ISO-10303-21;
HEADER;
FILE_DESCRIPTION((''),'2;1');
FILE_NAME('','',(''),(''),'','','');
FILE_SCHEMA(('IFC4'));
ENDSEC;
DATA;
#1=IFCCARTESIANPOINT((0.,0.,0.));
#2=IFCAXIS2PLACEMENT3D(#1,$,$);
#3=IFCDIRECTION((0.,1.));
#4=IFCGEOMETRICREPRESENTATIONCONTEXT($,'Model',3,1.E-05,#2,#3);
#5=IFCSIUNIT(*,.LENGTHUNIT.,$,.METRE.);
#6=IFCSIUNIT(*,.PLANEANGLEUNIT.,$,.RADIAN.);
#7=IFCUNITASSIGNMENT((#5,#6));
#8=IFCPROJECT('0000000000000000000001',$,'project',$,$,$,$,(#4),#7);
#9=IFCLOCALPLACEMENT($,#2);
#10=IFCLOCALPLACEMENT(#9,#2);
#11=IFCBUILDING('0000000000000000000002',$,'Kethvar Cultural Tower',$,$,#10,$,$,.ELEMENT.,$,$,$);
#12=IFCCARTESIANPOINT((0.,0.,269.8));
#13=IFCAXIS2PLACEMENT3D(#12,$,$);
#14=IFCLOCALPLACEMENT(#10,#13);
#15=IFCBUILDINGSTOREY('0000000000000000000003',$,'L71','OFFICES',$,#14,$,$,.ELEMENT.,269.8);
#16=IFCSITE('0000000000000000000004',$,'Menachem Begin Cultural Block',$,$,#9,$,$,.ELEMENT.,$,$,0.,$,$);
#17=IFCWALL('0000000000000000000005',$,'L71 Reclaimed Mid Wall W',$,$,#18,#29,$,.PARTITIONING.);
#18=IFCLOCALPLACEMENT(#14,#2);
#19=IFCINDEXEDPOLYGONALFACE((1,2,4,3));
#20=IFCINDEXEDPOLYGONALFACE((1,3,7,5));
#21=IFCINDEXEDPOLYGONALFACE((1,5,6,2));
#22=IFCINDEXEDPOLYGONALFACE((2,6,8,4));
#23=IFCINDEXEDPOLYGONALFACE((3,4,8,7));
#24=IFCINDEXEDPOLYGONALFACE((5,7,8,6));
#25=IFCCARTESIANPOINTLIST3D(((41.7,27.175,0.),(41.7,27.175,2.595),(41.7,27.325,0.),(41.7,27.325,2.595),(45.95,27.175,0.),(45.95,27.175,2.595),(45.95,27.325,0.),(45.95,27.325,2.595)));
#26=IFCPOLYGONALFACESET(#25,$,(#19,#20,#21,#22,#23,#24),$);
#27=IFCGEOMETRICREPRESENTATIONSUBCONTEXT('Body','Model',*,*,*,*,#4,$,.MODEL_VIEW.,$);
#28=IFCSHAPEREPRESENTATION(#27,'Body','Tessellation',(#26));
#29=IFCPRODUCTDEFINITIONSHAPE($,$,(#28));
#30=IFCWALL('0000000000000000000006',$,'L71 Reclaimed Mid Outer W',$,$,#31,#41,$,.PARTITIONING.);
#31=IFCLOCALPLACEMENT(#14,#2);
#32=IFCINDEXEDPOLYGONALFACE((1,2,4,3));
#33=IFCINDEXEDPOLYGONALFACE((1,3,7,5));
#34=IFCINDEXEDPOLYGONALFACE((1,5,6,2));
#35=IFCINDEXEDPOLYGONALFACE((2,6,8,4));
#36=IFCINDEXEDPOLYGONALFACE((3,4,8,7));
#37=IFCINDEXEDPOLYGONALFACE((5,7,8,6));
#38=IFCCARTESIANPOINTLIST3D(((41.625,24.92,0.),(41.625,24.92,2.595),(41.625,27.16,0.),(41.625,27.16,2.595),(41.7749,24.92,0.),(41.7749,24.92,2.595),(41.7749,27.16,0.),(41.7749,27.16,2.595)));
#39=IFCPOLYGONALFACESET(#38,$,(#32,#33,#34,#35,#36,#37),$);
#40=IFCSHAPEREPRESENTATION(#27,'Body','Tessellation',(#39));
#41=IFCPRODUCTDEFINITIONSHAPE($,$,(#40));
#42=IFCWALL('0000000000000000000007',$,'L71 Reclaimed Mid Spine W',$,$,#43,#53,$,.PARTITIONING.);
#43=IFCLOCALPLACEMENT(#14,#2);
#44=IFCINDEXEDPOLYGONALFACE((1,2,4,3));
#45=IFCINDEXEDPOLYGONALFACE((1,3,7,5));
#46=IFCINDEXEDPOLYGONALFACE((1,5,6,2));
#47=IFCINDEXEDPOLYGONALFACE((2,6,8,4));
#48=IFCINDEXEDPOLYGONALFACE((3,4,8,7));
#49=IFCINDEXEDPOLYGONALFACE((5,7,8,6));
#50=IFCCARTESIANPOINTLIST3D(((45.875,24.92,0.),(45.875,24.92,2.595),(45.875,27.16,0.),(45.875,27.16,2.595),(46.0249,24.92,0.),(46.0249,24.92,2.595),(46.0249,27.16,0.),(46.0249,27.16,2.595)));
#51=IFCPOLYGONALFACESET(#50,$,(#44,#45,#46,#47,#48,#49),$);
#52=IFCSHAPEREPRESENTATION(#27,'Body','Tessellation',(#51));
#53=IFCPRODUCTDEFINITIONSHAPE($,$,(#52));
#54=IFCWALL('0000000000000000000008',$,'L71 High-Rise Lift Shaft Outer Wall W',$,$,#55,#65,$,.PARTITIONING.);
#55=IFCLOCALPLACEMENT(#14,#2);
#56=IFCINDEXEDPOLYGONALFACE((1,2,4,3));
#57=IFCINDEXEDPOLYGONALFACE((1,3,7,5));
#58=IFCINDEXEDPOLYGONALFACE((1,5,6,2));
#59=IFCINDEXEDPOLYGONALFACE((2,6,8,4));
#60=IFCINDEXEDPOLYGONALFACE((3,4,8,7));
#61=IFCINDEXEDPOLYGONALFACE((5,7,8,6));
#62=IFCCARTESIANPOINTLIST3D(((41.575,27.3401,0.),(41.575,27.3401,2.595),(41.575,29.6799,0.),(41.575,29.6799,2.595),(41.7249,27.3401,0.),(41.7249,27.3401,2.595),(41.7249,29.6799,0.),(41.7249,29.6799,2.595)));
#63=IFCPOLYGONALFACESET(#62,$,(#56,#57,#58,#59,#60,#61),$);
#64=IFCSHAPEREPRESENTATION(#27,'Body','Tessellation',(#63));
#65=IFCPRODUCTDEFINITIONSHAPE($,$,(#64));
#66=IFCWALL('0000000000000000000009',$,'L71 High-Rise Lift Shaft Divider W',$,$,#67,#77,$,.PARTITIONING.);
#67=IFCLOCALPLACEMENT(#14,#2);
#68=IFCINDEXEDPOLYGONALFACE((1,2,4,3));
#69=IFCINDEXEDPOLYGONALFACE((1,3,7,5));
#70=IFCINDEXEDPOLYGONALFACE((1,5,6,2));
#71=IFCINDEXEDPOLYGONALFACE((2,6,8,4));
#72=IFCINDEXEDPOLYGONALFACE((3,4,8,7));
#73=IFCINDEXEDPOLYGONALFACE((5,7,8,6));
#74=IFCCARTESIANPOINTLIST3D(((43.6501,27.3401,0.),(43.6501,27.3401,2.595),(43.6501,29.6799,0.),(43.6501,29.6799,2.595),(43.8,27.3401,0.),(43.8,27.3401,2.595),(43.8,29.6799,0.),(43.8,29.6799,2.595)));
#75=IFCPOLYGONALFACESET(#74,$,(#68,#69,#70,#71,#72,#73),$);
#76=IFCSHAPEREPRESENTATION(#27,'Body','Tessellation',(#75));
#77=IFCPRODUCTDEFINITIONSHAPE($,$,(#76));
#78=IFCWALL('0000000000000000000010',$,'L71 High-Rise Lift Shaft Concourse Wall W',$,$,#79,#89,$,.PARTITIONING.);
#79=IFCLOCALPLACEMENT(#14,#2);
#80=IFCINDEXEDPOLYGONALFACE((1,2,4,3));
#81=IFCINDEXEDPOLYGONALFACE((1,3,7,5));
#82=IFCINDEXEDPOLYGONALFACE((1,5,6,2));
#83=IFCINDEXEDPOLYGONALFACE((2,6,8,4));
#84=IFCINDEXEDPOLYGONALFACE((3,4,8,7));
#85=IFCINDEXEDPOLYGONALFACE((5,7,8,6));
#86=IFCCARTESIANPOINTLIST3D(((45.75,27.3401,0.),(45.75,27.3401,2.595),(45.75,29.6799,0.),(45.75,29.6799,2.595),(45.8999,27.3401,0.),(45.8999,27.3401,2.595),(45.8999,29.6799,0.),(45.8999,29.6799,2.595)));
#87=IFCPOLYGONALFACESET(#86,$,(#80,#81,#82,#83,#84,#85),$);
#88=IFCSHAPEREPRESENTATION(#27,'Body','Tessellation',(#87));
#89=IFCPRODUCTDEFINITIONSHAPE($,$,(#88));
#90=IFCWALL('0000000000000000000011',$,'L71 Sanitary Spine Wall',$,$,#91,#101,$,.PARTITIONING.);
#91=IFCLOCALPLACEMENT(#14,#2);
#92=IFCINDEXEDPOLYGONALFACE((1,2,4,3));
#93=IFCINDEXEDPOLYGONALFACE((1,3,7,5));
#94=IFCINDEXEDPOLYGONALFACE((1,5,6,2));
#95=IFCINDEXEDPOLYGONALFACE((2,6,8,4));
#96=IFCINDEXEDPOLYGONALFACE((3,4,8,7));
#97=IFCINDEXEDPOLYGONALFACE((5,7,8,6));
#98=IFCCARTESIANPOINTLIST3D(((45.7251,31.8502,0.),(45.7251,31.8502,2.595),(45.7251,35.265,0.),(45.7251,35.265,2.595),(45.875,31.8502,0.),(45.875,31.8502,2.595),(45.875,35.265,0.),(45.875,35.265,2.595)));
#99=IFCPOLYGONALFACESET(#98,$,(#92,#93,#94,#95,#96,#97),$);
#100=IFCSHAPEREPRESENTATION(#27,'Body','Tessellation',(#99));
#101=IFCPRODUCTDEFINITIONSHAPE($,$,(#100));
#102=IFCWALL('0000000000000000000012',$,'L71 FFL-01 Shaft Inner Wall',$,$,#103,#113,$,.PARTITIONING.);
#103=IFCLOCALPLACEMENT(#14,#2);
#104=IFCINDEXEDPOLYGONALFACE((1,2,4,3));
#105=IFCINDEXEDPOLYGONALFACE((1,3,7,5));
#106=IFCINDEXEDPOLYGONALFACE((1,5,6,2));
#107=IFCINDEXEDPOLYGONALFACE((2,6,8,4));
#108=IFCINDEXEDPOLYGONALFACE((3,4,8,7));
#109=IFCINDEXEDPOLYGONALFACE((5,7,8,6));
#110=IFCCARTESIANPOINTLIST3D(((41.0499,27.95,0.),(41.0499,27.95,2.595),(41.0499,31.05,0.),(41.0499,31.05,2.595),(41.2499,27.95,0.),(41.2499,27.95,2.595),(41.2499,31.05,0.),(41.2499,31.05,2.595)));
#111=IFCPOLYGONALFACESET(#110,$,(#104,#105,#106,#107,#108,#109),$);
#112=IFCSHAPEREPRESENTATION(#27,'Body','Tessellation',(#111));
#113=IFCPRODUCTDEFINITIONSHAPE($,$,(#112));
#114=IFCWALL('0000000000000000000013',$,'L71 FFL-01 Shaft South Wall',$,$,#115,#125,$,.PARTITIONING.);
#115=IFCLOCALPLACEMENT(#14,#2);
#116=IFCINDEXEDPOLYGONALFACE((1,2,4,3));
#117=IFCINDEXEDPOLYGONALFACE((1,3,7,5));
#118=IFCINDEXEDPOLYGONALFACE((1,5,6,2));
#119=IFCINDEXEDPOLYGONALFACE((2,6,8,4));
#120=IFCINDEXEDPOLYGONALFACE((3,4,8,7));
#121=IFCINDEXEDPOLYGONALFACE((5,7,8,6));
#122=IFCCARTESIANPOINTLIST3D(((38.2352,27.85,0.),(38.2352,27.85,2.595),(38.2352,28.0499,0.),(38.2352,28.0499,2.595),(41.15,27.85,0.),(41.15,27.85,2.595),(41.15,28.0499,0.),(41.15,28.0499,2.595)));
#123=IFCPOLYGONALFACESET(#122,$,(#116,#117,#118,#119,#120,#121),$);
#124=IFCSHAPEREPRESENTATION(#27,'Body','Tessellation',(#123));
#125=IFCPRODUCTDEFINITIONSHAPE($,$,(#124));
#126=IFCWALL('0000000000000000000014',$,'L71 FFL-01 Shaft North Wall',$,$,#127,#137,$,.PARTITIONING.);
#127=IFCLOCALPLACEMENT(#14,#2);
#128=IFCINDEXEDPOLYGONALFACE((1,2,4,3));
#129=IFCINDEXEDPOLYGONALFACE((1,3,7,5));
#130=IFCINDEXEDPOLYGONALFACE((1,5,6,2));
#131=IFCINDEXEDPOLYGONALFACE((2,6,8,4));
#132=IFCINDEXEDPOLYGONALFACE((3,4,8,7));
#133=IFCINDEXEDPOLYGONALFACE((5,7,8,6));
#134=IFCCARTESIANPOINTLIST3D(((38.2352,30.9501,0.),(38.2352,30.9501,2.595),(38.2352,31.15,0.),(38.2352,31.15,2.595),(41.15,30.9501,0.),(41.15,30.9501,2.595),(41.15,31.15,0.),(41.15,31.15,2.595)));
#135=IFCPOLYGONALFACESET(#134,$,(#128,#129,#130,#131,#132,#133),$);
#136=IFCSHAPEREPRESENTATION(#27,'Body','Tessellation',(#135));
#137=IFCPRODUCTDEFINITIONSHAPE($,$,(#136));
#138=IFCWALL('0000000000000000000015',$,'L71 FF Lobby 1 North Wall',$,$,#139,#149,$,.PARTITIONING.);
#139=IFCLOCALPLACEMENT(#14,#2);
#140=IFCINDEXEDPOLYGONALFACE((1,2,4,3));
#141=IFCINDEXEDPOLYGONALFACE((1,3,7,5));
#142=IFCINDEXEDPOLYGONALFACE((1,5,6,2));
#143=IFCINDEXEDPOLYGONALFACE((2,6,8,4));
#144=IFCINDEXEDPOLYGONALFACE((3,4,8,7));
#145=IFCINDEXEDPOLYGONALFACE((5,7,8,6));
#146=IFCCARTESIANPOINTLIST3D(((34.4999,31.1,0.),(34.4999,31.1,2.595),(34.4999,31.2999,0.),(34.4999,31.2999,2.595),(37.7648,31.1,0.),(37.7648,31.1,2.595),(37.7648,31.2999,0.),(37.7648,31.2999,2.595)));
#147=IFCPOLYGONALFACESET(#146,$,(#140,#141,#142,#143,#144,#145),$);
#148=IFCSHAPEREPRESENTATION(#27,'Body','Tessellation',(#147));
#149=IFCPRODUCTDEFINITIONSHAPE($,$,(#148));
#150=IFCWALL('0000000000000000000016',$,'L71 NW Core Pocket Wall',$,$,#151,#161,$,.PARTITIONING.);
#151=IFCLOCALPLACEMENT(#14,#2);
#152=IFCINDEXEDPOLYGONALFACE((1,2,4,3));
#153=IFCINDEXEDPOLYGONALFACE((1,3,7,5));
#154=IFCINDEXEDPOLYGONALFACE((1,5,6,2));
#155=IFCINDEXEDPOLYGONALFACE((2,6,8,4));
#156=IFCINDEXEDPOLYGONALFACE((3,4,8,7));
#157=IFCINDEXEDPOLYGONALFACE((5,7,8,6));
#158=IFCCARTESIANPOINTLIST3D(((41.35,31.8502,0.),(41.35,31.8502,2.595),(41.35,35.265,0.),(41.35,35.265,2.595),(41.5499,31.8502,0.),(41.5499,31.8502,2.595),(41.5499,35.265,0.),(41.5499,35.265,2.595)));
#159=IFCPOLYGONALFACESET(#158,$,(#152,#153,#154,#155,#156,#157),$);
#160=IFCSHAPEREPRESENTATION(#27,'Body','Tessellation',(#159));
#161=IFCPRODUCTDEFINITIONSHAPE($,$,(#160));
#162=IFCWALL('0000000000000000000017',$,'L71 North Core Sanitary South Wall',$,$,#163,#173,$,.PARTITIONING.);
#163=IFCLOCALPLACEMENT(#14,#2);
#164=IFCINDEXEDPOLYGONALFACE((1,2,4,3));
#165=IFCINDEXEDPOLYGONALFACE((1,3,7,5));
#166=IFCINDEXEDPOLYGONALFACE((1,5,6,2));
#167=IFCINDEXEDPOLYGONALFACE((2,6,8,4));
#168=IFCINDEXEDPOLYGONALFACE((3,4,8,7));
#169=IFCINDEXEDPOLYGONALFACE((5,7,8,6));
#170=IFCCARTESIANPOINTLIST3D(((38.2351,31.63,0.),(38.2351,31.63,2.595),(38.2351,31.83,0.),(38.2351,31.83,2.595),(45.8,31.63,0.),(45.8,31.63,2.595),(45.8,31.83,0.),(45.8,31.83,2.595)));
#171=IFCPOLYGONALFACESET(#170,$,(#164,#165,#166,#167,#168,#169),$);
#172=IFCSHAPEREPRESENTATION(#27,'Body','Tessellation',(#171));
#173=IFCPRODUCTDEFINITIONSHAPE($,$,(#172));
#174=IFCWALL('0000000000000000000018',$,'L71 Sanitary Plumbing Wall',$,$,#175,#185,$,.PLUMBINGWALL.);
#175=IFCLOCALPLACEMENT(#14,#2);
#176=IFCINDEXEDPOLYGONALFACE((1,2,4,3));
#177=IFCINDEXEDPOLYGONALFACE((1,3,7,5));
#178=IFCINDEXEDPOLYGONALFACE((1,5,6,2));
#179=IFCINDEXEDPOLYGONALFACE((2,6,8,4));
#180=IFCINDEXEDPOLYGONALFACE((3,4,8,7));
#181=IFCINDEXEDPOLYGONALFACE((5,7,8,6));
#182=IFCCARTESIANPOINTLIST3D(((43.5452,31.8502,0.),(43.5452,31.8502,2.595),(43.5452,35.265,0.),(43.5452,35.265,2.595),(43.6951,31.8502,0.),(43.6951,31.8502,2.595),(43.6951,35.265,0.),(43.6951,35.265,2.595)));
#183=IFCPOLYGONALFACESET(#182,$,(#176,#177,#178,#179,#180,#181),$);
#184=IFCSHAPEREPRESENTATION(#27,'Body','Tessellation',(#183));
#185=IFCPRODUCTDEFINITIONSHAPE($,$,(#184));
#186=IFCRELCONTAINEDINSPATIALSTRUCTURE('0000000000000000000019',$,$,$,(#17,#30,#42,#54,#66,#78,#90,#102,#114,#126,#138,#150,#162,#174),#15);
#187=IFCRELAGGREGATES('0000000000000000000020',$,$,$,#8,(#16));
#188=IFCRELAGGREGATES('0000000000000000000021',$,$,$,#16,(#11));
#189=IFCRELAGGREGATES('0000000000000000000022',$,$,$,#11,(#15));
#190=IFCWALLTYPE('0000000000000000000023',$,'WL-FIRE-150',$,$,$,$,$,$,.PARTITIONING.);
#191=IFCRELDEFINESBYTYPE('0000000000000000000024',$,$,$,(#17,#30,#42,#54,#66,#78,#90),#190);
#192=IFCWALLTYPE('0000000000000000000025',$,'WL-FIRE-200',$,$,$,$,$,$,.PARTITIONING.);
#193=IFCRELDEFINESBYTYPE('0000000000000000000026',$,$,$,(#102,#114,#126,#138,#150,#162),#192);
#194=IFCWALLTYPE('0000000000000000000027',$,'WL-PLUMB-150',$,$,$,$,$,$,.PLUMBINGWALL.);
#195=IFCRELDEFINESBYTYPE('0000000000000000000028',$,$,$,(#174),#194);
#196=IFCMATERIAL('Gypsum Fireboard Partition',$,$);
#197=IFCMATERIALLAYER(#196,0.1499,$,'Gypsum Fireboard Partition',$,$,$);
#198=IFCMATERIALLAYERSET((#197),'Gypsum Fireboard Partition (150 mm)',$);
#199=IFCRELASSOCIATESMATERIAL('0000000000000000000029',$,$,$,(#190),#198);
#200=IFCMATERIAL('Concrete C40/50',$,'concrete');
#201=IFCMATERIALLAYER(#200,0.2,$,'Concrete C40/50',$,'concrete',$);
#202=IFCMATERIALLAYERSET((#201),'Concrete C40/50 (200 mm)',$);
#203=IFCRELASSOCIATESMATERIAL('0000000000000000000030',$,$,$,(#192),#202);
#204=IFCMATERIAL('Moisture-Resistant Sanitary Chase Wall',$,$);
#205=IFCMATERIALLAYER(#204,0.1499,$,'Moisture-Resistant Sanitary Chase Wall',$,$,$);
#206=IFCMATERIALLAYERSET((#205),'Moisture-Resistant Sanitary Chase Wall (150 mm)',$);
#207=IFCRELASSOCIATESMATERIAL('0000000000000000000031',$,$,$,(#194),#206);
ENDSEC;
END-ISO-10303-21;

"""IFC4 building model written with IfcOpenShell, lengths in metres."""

from ifc_helpers import new_model, si_unit, direction, frame, frame_2d, origin, place, context, subcontext, project, spatial, rectangle, extrude, material, layer, layer_set, type_object, element, save


model = new_model("IFC4")

# Units and contexts
model_context = context("Model", 3, precision=1e-05, world=origin(), true_north=direction((0.0, 1.0)))
body_context = subcontext(model_context, "Body", "Model", "MODEL_VIEW")
ifc_project = project(units=[si_unit("LENGTHUNIT", "METRE"), si_unit("PLANEANGLEUNIT", "RADIAN")], contexts=[model_context])

# Site, building, storey
site_placement = place(None, origin())
site = spatial("IfcSite", under=ifc_project, at=site_placement, Name="Menachem Begin Cultural Block", CompositionType="ELEMENT", RefElevation=0.0)
building_placement = place(site_placement, origin())
building = spatial("IfcBuilding", under=site, at=building_placement, Name="Kethvar Cultural Tower", CompositionType="ELEMENT")
storey_placement = place(building_placement, frame((0.0, 0.0, 269.8)))
storey = spatial("IfcBuildingStorey", under=building, at=storey_placement, Name="L71", Description="OFFICES", CompositionType="ELEMENT", Elevation=269.8)

# Walls
ifc_material_1 = material(Name="Gypsum Fireboard Partition")
ifc_layer_1 = layer(ifc_material_1, 0.1499, Name="Gypsum Fireboard Partition")
ifc_layer_set_1 = layer_set([ifc_layer_1], Name="Gypsum Fireboard Partition (150 mm)")
wall_type_1 = type_object("IfcWallType", Name="WL-FIRE-150", PredefinedType="PARTITIONING", material=ifc_layer_set_1)
wall_1_placement = place(storey_placement, frame((41.7, 27.25, 0.0), z_axis=(0.0, 0.0, 1.0), x_axis=(1.0, 0.0, 0.0)))
element("IfcWall", 1, at=wall_1_placement, inside=storey, type_object=wall_type_1, Name="L71 Reclaimed Mid Wall W", PredefinedType="PARTITIONING", context=body_context, shape_type="SweptSolid", body=[
    extrude(rectangle(XDim=4.25, YDim=0.1499, at=frame_2d((2.125, 0.0))), origin(), (0.0, 0.0, 1.0), 2.595),
])
for number, where, z_axis, x_axis, name in (
    (2, (41.7, 24.9199, 0.0), (0.0, 0.0, 1.0), (0.0, 1.0, 0.0), "L71 Reclaimed Mid Outer W"),
    (3, (45.95, 24.9199, 0.0), (0.0, 0.0, 1.0), (0.0, 1.0, 0.0), "L71 Reclaimed Mid Spine W"),
):
    element("IfcWall", number, at=place(storey_placement, frame(where, z_axis=z_axis, x_axis=x_axis)), inside=storey, type_object=wall_type_1, Name=name, PredefinedType="PARTITIONING", context=body_context, shape_type="SweptSolid", body=[
        extrude(rectangle(XDim=2.24, YDim=0.1499, at=frame_2d((1.1201, 0.0))), origin(), (0.0, 0.0, 1.0), 2.595),
    ])
for number, where, z_axis, x_axis, name in (
    (4, (41.6499, 27.3401, 0.0), (0.0, 0.0, 1.0), (0.0, 1.0, 0.0), "L71 High-Rise Lift Shaft Outer Wall W"),
    (5, (43.7251, 27.3401, 0.0), (0.0, 0.0, 1.0), (0.0, 1.0, 0.0), "L71 High-Rise Lift Shaft Divider W"),
    (6, (45.825, 27.3401, 0.0), (0.0, 0.0, 1.0), (0.0, 1.0, 0.0), "L71 High-Rise Lift Shaft Concourse Wall W"),
):
    element("IfcWall", number, at=place(storey_placement, frame(where, z_axis=z_axis, x_axis=x_axis)), inside=storey, type_object=wall_type_1, Name=name, PredefinedType="PARTITIONING", context=body_context, shape_type="SweptSolid", body=[
        extrude(rectangle(XDim=2.3398, YDim=0.1499, at=frame_2d((1.1699, 0.0))), origin(), (0.0, 0.0, 1.0), 2.595),
    ])
wall_2_placement = place(storey_placement, frame((45.8, 31.8501, 0.0), z_axis=(0.0, 0.0, 1.0), x_axis=(0.0, 1.0, 0.0)))
element("IfcWall", 7, at=wall_2_placement, inside=storey, type_object=wall_type_1, Name="L71 Sanitary Spine Wall", PredefinedType="PARTITIONING", context=body_context, shape_type="SweptSolid", body=[
    extrude(rectangle(XDim=3.4148, YDim=0.1499, at=frame_2d((1.7075, 0.0))), origin(), (0.0, 0.0, 1.0), 2.595),
])
ifc_material_2 = material(Name="Concrete C40/50", Category="concrete")
ifc_layer_2 = layer(ifc_material_2, 0.2, Name="Concrete C40/50", Category="concrete")
ifc_layer_set_2 = layer_set([ifc_layer_2], Name="Concrete C40/50 (200 mm)")
wall_type_2 = type_object("IfcWallType", Name="WL-FIRE-200", PredefinedType="PARTITIONING", material=ifc_layer_set_2)
wall_3_placement = place(storey_placement, frame((41.1499, 27.95, 0.0), z_axis=(0.0, 0.0, 1.0), x_axis=(0.0, 1.0, 0.0)))
element("IfcWall", 8, at=wall_3_placement, inside=storey, type_object=wall_type_2, Name="L71 FFL-01 Shaft Inner Wall", PredefinedType="PARTITIONING", context=body_context, shape_type="SweptSolid", body=[
    extrude(rectangle(XDim=3.1001, YDim=0.2, at=frame_2d((1.55, 0.0))), origin(), (0.0, 0.0, 1.0), 2.595),
])
for number, where, z_axis, x_axis, name in (
    (9, (38.2351, 27.95, 0.0), (0.0, 0.0, 1.0), (1.0, 0.0, 0.0), "L71 FFL-01 Shaft South Wall"),
    (10, (38.2351, 31.05, 0.0), (0.0, 0.0, 1.0), (1.0, 0.0, 0.0), "L71 FFL-01 Shaft North Wall"),
):
    element("IfcWall", number, at=place(storey_placement, frame(where, z_axis=z_axis, x_axis=x_axis)), inside=storey, type_object=wall_type_2, Name=name, PredefinedType="PARTITIONING", context=body_context, shape_type="SweptSolid", body=[
        extrude(rectangle(XDim=2.9148, YDim=0.2, at=frame_2d((1.4575, 0.0))), origin(), (0.0, 0.0, 1.0), 2.595),
    ])
wall_4_placement = place(storey_placement, frame((34.5, 31.2, 0.0), z_axis=(0.0, 0.0, 1.0), x_axis=(1.0, 0.0, 0.0)))
element("IfcWall", 11, at=wall_4_placement, inside=storey, type_object=wall_type_2, Name="L71 FF Lobby 1 North Wall", PredefinedType="PARTITIONING", context=body_context, shape_type="SweptSolid", body=[
    extrude(rectangle(XDim=3.2649, YDim=0.2, at=frame_2d((1.6323, 0.0))), origin(), (0.0, 0.0, 1.0), 2.595),
])
wall_5_placement = place(storey_placement, frame((41.45, 31.8501, 0.0), z_axis=(0.0, 0.0, 1.0), x_axis=(0.0, 1.0, 0.0)))
element("IfcWall", 12, at=wall_5_placement, inside=storey, type_object=wall_type_2, Name="L71 NW Core Pocket Wall", PredefinedType="PARTITIONING", context=body_context, shape_type="SweptSolid", body=[
    extrude(rectangle(XDim=3.4148, YDim=0.2, at=frame_2d((1.7075, 0.0))), origin(), (0.0, 0.0, 1.0), 2.595),
])
wall_6_placement = place(storey_placement, frame((38.2351, 31.73, 0.0), z_axis=(0.0, 0.0, 1.0), x_axis=(1.0, 0.0, 0.0)))
element("IfcWall", 13, at=wall_6_placement, inside=storey, type_object=wall_type_2, Name="L71 North Core Sanitary South Wall", PredefinedType="PARTITIONING", context=body_context, shape_type="SweptSolid", body=[
    extrude(rectangle(XDim=7.5649, YDim=0.2, at=frame_2d((3.7825, 0.0))), origin(), (0.0, 0.0, 1.0), 2.595),
])
ifc_material_3 = material(Name="Moisture-Resistant Sanitary Chase Wall")
ifc_layer_3 = layer(ifc_material_3, 0.1499, Name="Moisture-Resistant Sanitary Chase Wall")
ifc_layer_set_3 = layer_set([ifc_layer_3], Name="Moisture-Resistant Sanitary Chase Wall (150 mm)")
wall_type_3 = type_object("IfcWallType", Name="WL-PLUMB-150", PredefinedType="PLUMBINGWALL", material=ifc_layer_set_3)
wall_7_placement = place(storey_placement, frame((43.6201, 31.8501, 0.0), z_axis=(0.0, 0.0, 1.0), x_axis=(0.0, 1.0, 0.0)))
element("IfcWall", 14, at=wall_7_placement, inside=storey, type_object=wall_type_3, Name="L71 Sanitary Plumbing Wall", PredefinedType="PLUMBINGWALL", context=body_context, shape_type="SweptSolid", body=[
    extrude(rectangle(XDim=3.4148, YDim=0.1499, at=frame_2d((1.7075, 0.0))), origin(), (0.0, 0.0, 1.0), 2.595),
])

save(model, "model.ifc")
